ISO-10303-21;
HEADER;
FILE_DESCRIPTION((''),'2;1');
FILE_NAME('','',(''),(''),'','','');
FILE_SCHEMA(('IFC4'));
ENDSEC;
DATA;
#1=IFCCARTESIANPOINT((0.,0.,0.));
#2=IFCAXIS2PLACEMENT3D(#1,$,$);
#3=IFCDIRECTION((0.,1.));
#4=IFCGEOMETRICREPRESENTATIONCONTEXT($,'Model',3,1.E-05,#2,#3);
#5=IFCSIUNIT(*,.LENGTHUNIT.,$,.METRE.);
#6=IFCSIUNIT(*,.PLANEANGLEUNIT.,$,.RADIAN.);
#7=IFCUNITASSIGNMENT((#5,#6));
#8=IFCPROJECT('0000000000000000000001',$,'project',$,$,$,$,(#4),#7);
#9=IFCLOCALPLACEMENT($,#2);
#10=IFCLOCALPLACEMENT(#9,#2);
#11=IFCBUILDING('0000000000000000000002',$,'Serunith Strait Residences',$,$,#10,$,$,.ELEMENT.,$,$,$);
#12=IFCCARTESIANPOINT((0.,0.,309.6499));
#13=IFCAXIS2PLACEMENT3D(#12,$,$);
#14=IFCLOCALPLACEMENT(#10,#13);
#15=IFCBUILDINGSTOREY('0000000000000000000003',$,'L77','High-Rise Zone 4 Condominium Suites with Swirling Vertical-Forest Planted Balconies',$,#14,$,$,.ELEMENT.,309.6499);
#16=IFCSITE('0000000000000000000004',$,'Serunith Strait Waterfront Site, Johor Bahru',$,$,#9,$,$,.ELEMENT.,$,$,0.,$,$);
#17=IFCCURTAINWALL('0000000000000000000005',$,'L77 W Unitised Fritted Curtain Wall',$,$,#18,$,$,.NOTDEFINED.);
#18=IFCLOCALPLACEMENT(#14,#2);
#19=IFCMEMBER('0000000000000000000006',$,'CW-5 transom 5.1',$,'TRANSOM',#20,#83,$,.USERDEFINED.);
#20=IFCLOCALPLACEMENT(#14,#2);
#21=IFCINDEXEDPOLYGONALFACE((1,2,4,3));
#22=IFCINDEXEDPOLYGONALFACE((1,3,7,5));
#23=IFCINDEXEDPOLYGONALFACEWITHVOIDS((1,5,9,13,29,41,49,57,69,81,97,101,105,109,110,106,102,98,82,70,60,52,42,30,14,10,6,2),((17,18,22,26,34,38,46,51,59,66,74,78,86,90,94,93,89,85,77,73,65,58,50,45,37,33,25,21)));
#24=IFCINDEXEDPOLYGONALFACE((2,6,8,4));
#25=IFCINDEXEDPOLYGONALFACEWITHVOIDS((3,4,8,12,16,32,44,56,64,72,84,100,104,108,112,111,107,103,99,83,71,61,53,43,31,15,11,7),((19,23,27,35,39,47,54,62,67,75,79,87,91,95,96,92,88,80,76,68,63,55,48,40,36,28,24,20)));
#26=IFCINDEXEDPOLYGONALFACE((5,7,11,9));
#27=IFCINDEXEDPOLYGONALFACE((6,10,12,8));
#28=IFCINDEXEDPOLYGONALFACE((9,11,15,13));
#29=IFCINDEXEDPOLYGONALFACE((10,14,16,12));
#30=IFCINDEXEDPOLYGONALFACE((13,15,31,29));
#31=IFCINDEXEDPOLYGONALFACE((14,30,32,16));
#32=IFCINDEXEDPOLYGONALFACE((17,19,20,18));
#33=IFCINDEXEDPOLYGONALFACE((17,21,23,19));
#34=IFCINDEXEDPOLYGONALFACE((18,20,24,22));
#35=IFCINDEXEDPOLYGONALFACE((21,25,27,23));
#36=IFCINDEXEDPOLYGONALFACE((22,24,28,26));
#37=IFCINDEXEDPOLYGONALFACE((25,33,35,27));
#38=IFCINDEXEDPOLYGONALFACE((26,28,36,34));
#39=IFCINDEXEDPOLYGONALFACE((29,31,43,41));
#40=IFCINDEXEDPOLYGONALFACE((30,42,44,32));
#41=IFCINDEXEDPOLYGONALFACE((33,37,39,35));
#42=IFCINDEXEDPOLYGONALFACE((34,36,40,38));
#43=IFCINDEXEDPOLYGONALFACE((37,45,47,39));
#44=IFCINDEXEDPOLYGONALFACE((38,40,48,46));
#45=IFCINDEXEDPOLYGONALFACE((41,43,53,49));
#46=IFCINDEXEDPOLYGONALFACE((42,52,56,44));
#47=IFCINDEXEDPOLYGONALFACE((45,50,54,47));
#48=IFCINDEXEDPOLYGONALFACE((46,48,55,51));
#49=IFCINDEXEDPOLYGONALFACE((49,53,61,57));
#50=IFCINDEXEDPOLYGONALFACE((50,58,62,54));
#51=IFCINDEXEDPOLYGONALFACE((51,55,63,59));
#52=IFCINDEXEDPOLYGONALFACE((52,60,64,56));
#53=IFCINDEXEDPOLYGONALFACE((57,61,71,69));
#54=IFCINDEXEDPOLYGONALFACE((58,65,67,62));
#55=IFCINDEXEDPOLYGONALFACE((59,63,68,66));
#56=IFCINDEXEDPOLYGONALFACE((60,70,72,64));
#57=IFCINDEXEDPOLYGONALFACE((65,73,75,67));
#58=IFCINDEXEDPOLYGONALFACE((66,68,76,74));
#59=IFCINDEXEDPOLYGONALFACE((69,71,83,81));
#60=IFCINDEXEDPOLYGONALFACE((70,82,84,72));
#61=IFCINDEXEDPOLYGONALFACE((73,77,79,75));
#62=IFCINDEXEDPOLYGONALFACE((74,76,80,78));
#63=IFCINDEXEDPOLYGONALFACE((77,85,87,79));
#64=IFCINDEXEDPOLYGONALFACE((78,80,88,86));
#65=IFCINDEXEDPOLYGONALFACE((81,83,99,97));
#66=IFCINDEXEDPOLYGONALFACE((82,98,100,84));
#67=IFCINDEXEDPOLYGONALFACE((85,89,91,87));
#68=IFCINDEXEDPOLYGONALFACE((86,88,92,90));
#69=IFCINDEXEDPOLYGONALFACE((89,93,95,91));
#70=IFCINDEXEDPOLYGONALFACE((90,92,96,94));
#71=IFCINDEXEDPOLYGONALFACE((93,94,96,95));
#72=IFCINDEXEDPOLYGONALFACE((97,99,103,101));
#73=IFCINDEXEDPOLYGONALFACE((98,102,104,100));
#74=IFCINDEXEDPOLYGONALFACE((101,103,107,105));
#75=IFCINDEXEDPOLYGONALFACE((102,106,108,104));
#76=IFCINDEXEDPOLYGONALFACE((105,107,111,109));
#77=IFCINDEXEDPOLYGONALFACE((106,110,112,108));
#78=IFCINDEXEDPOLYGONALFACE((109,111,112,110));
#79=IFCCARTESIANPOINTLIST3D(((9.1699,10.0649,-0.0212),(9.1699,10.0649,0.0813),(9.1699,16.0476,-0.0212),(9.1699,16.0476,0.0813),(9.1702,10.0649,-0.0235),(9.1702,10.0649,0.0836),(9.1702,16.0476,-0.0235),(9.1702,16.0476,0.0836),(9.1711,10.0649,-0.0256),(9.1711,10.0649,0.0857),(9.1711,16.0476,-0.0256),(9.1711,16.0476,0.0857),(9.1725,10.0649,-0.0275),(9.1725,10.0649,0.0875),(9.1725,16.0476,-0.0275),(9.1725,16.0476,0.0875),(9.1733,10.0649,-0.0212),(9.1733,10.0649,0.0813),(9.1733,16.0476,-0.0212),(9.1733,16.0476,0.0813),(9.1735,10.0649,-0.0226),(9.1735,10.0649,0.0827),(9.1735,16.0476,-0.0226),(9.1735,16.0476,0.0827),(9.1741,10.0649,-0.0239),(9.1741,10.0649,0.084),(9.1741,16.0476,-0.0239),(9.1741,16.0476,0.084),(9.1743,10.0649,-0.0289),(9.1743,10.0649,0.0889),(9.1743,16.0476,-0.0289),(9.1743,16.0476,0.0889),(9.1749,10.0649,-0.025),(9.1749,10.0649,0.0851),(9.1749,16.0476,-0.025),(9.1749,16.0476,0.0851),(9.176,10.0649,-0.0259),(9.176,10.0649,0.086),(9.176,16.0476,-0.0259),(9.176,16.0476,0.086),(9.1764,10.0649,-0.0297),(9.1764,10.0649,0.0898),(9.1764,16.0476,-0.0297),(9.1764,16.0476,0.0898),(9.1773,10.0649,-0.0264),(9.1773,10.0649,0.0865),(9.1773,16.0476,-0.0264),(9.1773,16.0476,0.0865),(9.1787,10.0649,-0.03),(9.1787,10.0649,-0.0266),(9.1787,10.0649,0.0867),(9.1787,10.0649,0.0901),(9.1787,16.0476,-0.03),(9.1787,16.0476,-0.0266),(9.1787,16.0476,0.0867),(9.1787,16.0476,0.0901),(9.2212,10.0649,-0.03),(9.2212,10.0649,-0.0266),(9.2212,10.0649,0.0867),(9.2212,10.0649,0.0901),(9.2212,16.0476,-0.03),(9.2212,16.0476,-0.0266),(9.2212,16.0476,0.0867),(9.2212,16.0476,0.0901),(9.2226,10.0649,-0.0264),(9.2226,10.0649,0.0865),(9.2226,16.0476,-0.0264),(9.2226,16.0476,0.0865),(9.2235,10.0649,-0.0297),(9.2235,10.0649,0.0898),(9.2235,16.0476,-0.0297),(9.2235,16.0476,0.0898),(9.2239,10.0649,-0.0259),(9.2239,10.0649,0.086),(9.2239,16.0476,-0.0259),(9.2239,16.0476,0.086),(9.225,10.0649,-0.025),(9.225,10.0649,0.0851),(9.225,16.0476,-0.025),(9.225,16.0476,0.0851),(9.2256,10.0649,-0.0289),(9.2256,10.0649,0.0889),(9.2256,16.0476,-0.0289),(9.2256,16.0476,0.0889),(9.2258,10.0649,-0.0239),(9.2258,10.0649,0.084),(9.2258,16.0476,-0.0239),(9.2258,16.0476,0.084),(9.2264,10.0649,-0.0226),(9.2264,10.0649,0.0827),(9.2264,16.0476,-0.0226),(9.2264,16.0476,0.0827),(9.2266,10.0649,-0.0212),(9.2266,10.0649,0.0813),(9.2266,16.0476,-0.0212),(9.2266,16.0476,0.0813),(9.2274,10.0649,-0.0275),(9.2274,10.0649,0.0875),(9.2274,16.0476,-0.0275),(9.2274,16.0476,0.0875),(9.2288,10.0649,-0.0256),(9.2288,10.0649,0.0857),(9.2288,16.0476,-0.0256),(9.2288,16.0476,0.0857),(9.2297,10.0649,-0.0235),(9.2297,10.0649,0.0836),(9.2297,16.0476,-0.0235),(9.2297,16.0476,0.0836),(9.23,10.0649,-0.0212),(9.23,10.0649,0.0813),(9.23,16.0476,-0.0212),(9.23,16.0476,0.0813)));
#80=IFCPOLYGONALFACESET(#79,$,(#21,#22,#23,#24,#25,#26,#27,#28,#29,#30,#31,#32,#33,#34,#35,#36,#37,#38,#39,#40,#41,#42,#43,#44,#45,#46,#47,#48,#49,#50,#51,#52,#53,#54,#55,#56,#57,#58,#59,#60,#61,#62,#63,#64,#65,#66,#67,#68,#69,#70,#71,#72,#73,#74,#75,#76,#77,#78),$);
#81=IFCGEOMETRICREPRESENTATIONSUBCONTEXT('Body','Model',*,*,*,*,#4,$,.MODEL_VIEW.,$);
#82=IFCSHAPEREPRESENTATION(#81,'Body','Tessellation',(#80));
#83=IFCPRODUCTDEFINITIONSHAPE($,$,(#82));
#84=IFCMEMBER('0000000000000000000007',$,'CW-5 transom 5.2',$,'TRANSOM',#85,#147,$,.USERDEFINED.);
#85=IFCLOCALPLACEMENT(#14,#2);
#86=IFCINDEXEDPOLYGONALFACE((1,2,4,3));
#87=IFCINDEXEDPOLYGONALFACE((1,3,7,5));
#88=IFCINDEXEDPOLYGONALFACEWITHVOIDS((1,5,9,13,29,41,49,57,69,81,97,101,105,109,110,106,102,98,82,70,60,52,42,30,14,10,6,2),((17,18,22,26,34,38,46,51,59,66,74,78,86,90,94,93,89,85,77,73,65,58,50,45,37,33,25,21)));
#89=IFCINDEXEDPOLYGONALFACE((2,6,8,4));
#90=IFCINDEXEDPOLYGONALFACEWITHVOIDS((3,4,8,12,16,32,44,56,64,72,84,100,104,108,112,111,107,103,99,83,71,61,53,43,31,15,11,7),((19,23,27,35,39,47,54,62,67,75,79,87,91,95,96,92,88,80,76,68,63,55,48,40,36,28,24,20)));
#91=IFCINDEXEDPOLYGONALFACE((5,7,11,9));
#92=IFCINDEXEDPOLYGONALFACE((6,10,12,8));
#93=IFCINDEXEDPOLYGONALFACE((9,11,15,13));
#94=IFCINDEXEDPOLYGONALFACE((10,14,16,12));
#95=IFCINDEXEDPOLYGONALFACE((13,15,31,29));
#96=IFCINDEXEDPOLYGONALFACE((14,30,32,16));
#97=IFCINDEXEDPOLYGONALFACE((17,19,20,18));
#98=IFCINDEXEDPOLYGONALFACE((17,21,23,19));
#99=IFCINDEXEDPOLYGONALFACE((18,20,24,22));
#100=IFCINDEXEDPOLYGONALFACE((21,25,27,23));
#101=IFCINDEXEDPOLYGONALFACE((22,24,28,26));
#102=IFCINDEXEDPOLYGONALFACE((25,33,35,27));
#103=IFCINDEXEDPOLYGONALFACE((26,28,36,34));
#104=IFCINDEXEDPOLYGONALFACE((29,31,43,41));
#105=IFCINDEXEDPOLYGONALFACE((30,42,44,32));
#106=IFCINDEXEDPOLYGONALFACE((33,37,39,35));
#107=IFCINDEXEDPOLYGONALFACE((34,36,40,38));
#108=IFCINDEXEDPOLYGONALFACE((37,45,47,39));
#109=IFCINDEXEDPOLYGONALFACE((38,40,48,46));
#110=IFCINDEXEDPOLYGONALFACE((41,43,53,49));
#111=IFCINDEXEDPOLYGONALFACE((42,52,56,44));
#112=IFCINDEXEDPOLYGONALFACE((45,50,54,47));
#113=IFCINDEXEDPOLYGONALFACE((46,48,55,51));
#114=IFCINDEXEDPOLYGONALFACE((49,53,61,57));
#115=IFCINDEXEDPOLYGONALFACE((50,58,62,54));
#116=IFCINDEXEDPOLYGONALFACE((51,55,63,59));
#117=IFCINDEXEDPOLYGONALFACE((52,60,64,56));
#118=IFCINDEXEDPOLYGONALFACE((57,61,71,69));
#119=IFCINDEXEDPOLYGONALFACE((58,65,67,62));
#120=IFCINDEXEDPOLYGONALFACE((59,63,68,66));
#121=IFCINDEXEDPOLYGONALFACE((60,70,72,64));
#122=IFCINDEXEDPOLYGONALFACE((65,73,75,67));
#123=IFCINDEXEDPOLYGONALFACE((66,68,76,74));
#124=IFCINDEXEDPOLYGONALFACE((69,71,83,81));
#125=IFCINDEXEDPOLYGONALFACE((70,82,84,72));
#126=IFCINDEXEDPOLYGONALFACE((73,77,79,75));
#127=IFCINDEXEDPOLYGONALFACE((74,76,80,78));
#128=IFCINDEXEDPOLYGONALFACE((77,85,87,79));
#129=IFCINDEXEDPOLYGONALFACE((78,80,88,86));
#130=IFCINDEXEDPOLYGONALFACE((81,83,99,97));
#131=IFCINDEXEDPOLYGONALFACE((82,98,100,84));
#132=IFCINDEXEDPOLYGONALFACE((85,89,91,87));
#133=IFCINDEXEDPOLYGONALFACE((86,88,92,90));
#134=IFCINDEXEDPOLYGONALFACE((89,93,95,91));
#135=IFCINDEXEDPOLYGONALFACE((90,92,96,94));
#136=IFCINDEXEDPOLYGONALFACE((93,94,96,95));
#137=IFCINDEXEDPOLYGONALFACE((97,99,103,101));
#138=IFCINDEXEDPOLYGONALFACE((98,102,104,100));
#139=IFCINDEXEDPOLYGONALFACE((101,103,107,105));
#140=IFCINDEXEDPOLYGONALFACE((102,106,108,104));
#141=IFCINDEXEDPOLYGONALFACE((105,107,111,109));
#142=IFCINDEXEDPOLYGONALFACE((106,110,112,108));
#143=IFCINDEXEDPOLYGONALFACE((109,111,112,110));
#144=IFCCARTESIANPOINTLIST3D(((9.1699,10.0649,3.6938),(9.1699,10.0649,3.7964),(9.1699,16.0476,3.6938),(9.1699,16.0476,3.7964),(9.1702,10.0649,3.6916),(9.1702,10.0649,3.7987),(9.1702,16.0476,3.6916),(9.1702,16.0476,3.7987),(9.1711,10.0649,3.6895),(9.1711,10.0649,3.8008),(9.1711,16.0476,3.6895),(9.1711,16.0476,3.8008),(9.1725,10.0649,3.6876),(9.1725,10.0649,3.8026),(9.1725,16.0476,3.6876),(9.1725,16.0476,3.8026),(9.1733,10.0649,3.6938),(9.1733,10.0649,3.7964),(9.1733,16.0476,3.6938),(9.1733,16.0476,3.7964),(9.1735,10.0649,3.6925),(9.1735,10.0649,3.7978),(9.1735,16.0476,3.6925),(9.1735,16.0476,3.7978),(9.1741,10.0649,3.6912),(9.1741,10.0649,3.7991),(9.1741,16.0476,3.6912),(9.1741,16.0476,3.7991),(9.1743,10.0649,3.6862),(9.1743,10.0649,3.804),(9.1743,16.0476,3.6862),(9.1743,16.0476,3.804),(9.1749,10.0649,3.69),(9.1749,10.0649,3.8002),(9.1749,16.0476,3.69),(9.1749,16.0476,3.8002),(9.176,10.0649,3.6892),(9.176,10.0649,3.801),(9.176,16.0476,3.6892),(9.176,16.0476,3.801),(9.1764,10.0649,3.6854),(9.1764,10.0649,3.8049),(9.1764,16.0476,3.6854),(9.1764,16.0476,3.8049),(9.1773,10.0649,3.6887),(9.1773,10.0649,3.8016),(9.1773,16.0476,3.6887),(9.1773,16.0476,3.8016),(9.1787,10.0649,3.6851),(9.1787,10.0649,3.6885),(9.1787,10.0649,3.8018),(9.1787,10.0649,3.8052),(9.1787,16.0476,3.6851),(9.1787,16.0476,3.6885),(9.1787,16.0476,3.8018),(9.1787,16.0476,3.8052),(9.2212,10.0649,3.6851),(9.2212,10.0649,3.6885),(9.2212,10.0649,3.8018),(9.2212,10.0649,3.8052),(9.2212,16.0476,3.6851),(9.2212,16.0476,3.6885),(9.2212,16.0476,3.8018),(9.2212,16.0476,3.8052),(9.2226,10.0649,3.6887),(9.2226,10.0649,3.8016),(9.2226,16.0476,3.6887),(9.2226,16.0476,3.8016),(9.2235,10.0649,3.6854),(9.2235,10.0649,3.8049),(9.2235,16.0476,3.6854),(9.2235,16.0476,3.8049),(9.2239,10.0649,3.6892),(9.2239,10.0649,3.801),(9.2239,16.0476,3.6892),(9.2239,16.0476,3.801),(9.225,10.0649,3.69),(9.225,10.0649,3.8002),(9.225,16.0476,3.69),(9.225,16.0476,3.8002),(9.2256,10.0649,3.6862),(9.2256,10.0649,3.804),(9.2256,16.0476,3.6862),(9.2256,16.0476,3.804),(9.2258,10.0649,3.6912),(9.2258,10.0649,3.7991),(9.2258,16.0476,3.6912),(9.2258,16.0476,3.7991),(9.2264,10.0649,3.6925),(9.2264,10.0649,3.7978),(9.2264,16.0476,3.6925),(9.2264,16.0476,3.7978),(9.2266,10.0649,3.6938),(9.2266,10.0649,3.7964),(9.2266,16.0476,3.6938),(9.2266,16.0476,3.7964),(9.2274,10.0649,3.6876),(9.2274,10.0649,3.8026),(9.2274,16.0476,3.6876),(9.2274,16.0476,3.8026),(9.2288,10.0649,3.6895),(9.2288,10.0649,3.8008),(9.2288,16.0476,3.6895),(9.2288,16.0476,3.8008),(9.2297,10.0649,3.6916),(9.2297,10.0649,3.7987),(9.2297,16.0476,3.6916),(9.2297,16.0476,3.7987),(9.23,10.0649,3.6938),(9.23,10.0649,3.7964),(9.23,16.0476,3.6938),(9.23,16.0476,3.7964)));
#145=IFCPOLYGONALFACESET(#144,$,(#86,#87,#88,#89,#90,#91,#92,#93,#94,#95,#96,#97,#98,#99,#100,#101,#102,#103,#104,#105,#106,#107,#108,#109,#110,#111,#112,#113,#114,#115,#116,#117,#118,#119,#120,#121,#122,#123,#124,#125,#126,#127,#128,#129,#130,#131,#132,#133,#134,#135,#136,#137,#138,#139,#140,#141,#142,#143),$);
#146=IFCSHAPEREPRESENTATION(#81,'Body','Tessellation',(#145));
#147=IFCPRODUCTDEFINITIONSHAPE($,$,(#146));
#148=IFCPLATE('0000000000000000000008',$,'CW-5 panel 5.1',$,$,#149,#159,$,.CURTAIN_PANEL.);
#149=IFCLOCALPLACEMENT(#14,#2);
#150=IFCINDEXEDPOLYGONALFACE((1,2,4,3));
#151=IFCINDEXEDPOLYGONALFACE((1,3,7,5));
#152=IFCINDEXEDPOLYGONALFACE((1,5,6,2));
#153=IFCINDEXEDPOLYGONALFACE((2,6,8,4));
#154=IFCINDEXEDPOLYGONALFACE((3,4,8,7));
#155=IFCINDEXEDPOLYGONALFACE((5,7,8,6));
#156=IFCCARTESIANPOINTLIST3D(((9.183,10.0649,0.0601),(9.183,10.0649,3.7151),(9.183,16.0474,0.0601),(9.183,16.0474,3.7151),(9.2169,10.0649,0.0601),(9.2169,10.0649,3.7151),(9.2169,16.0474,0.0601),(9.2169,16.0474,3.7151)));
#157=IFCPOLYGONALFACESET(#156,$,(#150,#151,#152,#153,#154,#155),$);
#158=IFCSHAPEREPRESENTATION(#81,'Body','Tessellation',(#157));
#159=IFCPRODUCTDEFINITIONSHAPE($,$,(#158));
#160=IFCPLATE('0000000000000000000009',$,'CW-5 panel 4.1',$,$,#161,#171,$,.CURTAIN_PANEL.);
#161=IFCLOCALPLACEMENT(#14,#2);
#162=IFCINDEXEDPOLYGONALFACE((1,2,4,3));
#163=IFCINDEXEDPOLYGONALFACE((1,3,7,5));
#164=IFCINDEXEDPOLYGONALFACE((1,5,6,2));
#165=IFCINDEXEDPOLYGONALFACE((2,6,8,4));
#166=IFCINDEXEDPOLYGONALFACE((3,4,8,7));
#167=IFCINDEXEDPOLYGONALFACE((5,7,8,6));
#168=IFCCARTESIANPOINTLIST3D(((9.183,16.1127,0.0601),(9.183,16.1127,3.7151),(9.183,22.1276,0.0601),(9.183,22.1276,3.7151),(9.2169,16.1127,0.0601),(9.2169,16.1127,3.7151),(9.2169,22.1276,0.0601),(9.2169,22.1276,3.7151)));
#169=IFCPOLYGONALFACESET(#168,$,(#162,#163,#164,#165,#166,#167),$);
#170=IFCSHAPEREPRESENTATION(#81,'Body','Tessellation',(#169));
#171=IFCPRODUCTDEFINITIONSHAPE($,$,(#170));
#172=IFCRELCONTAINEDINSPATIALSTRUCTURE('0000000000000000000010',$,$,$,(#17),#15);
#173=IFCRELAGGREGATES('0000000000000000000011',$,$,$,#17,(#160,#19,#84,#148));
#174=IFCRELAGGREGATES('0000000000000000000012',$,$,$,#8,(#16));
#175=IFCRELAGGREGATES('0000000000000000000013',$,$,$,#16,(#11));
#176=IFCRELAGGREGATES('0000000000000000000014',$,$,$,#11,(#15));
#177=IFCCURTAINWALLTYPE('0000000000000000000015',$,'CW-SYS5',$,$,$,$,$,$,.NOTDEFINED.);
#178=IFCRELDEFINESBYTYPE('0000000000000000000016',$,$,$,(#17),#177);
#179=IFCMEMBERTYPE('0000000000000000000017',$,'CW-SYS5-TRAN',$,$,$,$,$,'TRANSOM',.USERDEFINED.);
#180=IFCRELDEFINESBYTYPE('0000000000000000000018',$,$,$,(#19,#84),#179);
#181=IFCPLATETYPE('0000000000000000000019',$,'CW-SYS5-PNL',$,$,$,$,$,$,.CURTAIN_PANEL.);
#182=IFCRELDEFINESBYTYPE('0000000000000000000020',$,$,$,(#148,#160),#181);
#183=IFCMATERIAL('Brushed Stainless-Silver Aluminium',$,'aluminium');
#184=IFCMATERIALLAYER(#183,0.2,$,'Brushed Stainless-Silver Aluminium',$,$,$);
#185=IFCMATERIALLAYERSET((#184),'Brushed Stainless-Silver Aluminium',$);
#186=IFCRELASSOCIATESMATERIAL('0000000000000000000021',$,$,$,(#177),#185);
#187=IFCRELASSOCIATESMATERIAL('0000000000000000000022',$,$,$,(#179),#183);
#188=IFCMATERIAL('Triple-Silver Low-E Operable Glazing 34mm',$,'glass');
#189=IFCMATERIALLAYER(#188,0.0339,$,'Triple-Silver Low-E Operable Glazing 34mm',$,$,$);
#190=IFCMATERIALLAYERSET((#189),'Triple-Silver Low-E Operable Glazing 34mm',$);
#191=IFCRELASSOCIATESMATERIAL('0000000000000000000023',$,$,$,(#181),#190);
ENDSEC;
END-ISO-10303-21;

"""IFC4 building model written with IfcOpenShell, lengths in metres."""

from ifc_helpers import new_model, si_unit, direction, frame, origin, origin_2d, place, context, subcontext, project, spatial, rectangle, hollow_rectangle, extrude, source, transform, mapped, material, layer, layer_set, material_profile, profile_set, type_object, element, aggregate, save


model = new_model("IFC4")

# Units and contexts
model_context = context("Model", 3, precision=1e-05, world=origin(), true_north=direction((0.0, 1.0)))
body_context = subcontext(model_context, "Body", "Model", "MODEL_VIEW")
ifc_project = project(units=[si_unit("LENGTHUNIT", "METRE"), si_unit("PLANEANGLEUNIT", "RADIAN")], contexts=[model_context])

# Site, building, storey
site_placement = place(None, origin())
site = spatial("IfcSite", under=ifc_project, at=site_placement, Name="Serunith Strait Waterfront Site, Johor Bahru", CompositionType="ELEMENT", RefElevation=0.0)
building_placement = place(site_placement, origin())
building = spatial("IfcBuilding", under=site, at=building_placement, Name="Serunith Strait Residences", CompositionType="ELEMENT")
storey_placement = place(building_placement, frame((0.0, 0.0, 309.6499)))
storey = spatial("IfcBuildingStorey", under=building, at=storey_placement, Name="L77", Description="High-Rise Zone 4 Condominium Suites with Swirling Vertical-Forest Planted Balconies", CompositionType="ELEMENT", Elevation=309.6499)

# Curtain wall, members, plates
ifc_material_1 = material(Name="Brushed Stainless-Silver Aluminium", Category="aluminium")
ifc_layer_1 = layer(ifc_material_1, 0.2, Name="Brushed Stainless-Silver Aluminium")
ifc_layer_set_1 = layer_set([ifc_layer_1], Name="Brushed Stainless-Silver Aluminium")
curtain_wall_type = type_object("IfcCurtainWallType", Name="CW-SYS5", PredefinedType="NOTDEFINED", material=ifc_layer_set_1)
curtain_wall_placement = place(storey_placement, origin())
curtain_wall = element("IfcCurtainWall", 1, at=curtain_wall_placement, inside=storey, type_object=curtain_wall_type, Name="L77 W Unitised Fritted Curtain Wall", PredefinedType="NOTDEFINED")
ifc_material_profile_1 = material_profile(ifc_material_1, hollow_rectangle(XDim=0.0601, YDim=0.1201, WallThickness=0.0034, InnerFilletRadius=0.0054, OuterFilletRadius=0.0088, at=origin_2d()), Name="ALU 120x60x3.5")
ifc_profile_set_1 = profile_set([ifc_material_profile_1], Name="Brushed Stainless-Silver Aluminium")
member_type_1 = type_object("IfcMemberType", Name="CW-SYS5-TRAN", ElementType="TRANSOM", PredefinedType="USERDEFINED", material=ifc_profile_set_1)
shared_shape_1 = source(origin(), body_context, "Body", "SweptSolid", [
    extrude(hollow_rectangle(XDim=0.0601, YDim=0.1201, WallThickness=0.0034, InnerFilletRadius=0.0054, OuterFilletRadius=0.0088, at=origin_2d()), origin(), (0.0, 0.0, 1.0), 5.9827),
])
member_1_placement = place(storey_placement, frame((9.2, 16.0476, 0.03), z_axis=(0.0, -1.0, 0.0), x_axis=(1.0, 0.0, 0.0)))
member_1 = element("IfcMember", 2, at=member_1_placement, type_object=member_type_1, Name="CW-5 transom 5.1", ObjectType="TRANSOM", PredefinedType="USERDEFINED", context=body_context, shape_type="MappedRepresentation", body=[
    mapped(shared_shape_1, transform((0.0, 0.0, 0.0), scale=1.0)),
])
member_2_placement = place(storey_placement, frame((9.2, 16.0476, 3.7451), z_axis=(0.0, -1.0, 0.0), x_axis=(1.0, 0.0, 0.0)))
member_2 = element("IfcMember", 3, at=member_2_placement, type_object=member_type_1, Name="CW-5 transom 5.2", ObjectType="TRANSOM", PredefinedType="USERDEFINED", context=body_context, shape_type="MappedRepresentation", body=[
    mapped(shared_shape_1, transform((0.0, 0.0, 0.0), scale=1.0)),
])
ifc_material_2 = material(Name="Triple-Silver Low-E Operable Glazing 34mm", Category="glass")
ifc_layer_2 = layer(ifc_material_2, 0.0339, Name="Triple-Silver Low-E Operable Glazing 34mm")
ifc_layer_set_2 = layer_set([ifc_layer_2], Name="Triple-Silver Low-E Operable Glazing 34mm")
plate_type = type_object("IfcPlateType", Name="CW-SYS5-PNL", PredefinedType="CURTAIN_PANEL", material=ifc_layer_set_2)
shared_shape_2 = source(origin(), body_context, "Body", "SweptSolid", [
    extrude(rectangle(XDim=5.9824, YDim=0.0339, at=origin_2d()), origin(), (0.0, 0.0, 1.0), 3.655),
])
plate_1_placement = place(storey_placement, frame((9.2, 13.0562, 0.0601), z_axis=(0.0, 0.0, 1.0), x_axis=(0.0, -1.0, 0.0)))
plate_1 = element("IfcPlate", 4, at=plate_1_placement, type_object=plate_type, Name="CW-5 panel 5.1", PredefinedType="CURTAIN_PANEL", context=body_context, shape_type="MappedRepresentation", body=[
    mapped(shared_shape_2, transform((0.0, 0.0, 0.0), scale=1.0)),
])
shared_shape_3 = source(origin(), body_context, "Body", "SweptSolid", [
    extrude(rectangle(XDim=6.0149, YDim=0.0339, at=origin_2d()), origin(), (0.0, 0.0, 1.0), 3.655),
])
plate_2_placement = place(storey_placement, frame((9.2, 19.1201, 0.0601), z_axis=(0.0, 0.0, 1.0), x_axis=(0.0, -1.0, 0.0)))
plate_2 = element("IfcPlate", 5, at=plate_2_placement, type_object=plate_type, Name="CW-5 panel 4.1", PredefinedType="CURTAIN_PANEL", context=body_context, shape_type="MappedRepresentation", body=[
    mapped(shared_shape_3, transform((0.0, 0.0, 0.0), scale=1.0)),
])
aggregate(curtain_wall, [plate_2, member_1, member_2, plate_1])

save(model, "model.ifc")
